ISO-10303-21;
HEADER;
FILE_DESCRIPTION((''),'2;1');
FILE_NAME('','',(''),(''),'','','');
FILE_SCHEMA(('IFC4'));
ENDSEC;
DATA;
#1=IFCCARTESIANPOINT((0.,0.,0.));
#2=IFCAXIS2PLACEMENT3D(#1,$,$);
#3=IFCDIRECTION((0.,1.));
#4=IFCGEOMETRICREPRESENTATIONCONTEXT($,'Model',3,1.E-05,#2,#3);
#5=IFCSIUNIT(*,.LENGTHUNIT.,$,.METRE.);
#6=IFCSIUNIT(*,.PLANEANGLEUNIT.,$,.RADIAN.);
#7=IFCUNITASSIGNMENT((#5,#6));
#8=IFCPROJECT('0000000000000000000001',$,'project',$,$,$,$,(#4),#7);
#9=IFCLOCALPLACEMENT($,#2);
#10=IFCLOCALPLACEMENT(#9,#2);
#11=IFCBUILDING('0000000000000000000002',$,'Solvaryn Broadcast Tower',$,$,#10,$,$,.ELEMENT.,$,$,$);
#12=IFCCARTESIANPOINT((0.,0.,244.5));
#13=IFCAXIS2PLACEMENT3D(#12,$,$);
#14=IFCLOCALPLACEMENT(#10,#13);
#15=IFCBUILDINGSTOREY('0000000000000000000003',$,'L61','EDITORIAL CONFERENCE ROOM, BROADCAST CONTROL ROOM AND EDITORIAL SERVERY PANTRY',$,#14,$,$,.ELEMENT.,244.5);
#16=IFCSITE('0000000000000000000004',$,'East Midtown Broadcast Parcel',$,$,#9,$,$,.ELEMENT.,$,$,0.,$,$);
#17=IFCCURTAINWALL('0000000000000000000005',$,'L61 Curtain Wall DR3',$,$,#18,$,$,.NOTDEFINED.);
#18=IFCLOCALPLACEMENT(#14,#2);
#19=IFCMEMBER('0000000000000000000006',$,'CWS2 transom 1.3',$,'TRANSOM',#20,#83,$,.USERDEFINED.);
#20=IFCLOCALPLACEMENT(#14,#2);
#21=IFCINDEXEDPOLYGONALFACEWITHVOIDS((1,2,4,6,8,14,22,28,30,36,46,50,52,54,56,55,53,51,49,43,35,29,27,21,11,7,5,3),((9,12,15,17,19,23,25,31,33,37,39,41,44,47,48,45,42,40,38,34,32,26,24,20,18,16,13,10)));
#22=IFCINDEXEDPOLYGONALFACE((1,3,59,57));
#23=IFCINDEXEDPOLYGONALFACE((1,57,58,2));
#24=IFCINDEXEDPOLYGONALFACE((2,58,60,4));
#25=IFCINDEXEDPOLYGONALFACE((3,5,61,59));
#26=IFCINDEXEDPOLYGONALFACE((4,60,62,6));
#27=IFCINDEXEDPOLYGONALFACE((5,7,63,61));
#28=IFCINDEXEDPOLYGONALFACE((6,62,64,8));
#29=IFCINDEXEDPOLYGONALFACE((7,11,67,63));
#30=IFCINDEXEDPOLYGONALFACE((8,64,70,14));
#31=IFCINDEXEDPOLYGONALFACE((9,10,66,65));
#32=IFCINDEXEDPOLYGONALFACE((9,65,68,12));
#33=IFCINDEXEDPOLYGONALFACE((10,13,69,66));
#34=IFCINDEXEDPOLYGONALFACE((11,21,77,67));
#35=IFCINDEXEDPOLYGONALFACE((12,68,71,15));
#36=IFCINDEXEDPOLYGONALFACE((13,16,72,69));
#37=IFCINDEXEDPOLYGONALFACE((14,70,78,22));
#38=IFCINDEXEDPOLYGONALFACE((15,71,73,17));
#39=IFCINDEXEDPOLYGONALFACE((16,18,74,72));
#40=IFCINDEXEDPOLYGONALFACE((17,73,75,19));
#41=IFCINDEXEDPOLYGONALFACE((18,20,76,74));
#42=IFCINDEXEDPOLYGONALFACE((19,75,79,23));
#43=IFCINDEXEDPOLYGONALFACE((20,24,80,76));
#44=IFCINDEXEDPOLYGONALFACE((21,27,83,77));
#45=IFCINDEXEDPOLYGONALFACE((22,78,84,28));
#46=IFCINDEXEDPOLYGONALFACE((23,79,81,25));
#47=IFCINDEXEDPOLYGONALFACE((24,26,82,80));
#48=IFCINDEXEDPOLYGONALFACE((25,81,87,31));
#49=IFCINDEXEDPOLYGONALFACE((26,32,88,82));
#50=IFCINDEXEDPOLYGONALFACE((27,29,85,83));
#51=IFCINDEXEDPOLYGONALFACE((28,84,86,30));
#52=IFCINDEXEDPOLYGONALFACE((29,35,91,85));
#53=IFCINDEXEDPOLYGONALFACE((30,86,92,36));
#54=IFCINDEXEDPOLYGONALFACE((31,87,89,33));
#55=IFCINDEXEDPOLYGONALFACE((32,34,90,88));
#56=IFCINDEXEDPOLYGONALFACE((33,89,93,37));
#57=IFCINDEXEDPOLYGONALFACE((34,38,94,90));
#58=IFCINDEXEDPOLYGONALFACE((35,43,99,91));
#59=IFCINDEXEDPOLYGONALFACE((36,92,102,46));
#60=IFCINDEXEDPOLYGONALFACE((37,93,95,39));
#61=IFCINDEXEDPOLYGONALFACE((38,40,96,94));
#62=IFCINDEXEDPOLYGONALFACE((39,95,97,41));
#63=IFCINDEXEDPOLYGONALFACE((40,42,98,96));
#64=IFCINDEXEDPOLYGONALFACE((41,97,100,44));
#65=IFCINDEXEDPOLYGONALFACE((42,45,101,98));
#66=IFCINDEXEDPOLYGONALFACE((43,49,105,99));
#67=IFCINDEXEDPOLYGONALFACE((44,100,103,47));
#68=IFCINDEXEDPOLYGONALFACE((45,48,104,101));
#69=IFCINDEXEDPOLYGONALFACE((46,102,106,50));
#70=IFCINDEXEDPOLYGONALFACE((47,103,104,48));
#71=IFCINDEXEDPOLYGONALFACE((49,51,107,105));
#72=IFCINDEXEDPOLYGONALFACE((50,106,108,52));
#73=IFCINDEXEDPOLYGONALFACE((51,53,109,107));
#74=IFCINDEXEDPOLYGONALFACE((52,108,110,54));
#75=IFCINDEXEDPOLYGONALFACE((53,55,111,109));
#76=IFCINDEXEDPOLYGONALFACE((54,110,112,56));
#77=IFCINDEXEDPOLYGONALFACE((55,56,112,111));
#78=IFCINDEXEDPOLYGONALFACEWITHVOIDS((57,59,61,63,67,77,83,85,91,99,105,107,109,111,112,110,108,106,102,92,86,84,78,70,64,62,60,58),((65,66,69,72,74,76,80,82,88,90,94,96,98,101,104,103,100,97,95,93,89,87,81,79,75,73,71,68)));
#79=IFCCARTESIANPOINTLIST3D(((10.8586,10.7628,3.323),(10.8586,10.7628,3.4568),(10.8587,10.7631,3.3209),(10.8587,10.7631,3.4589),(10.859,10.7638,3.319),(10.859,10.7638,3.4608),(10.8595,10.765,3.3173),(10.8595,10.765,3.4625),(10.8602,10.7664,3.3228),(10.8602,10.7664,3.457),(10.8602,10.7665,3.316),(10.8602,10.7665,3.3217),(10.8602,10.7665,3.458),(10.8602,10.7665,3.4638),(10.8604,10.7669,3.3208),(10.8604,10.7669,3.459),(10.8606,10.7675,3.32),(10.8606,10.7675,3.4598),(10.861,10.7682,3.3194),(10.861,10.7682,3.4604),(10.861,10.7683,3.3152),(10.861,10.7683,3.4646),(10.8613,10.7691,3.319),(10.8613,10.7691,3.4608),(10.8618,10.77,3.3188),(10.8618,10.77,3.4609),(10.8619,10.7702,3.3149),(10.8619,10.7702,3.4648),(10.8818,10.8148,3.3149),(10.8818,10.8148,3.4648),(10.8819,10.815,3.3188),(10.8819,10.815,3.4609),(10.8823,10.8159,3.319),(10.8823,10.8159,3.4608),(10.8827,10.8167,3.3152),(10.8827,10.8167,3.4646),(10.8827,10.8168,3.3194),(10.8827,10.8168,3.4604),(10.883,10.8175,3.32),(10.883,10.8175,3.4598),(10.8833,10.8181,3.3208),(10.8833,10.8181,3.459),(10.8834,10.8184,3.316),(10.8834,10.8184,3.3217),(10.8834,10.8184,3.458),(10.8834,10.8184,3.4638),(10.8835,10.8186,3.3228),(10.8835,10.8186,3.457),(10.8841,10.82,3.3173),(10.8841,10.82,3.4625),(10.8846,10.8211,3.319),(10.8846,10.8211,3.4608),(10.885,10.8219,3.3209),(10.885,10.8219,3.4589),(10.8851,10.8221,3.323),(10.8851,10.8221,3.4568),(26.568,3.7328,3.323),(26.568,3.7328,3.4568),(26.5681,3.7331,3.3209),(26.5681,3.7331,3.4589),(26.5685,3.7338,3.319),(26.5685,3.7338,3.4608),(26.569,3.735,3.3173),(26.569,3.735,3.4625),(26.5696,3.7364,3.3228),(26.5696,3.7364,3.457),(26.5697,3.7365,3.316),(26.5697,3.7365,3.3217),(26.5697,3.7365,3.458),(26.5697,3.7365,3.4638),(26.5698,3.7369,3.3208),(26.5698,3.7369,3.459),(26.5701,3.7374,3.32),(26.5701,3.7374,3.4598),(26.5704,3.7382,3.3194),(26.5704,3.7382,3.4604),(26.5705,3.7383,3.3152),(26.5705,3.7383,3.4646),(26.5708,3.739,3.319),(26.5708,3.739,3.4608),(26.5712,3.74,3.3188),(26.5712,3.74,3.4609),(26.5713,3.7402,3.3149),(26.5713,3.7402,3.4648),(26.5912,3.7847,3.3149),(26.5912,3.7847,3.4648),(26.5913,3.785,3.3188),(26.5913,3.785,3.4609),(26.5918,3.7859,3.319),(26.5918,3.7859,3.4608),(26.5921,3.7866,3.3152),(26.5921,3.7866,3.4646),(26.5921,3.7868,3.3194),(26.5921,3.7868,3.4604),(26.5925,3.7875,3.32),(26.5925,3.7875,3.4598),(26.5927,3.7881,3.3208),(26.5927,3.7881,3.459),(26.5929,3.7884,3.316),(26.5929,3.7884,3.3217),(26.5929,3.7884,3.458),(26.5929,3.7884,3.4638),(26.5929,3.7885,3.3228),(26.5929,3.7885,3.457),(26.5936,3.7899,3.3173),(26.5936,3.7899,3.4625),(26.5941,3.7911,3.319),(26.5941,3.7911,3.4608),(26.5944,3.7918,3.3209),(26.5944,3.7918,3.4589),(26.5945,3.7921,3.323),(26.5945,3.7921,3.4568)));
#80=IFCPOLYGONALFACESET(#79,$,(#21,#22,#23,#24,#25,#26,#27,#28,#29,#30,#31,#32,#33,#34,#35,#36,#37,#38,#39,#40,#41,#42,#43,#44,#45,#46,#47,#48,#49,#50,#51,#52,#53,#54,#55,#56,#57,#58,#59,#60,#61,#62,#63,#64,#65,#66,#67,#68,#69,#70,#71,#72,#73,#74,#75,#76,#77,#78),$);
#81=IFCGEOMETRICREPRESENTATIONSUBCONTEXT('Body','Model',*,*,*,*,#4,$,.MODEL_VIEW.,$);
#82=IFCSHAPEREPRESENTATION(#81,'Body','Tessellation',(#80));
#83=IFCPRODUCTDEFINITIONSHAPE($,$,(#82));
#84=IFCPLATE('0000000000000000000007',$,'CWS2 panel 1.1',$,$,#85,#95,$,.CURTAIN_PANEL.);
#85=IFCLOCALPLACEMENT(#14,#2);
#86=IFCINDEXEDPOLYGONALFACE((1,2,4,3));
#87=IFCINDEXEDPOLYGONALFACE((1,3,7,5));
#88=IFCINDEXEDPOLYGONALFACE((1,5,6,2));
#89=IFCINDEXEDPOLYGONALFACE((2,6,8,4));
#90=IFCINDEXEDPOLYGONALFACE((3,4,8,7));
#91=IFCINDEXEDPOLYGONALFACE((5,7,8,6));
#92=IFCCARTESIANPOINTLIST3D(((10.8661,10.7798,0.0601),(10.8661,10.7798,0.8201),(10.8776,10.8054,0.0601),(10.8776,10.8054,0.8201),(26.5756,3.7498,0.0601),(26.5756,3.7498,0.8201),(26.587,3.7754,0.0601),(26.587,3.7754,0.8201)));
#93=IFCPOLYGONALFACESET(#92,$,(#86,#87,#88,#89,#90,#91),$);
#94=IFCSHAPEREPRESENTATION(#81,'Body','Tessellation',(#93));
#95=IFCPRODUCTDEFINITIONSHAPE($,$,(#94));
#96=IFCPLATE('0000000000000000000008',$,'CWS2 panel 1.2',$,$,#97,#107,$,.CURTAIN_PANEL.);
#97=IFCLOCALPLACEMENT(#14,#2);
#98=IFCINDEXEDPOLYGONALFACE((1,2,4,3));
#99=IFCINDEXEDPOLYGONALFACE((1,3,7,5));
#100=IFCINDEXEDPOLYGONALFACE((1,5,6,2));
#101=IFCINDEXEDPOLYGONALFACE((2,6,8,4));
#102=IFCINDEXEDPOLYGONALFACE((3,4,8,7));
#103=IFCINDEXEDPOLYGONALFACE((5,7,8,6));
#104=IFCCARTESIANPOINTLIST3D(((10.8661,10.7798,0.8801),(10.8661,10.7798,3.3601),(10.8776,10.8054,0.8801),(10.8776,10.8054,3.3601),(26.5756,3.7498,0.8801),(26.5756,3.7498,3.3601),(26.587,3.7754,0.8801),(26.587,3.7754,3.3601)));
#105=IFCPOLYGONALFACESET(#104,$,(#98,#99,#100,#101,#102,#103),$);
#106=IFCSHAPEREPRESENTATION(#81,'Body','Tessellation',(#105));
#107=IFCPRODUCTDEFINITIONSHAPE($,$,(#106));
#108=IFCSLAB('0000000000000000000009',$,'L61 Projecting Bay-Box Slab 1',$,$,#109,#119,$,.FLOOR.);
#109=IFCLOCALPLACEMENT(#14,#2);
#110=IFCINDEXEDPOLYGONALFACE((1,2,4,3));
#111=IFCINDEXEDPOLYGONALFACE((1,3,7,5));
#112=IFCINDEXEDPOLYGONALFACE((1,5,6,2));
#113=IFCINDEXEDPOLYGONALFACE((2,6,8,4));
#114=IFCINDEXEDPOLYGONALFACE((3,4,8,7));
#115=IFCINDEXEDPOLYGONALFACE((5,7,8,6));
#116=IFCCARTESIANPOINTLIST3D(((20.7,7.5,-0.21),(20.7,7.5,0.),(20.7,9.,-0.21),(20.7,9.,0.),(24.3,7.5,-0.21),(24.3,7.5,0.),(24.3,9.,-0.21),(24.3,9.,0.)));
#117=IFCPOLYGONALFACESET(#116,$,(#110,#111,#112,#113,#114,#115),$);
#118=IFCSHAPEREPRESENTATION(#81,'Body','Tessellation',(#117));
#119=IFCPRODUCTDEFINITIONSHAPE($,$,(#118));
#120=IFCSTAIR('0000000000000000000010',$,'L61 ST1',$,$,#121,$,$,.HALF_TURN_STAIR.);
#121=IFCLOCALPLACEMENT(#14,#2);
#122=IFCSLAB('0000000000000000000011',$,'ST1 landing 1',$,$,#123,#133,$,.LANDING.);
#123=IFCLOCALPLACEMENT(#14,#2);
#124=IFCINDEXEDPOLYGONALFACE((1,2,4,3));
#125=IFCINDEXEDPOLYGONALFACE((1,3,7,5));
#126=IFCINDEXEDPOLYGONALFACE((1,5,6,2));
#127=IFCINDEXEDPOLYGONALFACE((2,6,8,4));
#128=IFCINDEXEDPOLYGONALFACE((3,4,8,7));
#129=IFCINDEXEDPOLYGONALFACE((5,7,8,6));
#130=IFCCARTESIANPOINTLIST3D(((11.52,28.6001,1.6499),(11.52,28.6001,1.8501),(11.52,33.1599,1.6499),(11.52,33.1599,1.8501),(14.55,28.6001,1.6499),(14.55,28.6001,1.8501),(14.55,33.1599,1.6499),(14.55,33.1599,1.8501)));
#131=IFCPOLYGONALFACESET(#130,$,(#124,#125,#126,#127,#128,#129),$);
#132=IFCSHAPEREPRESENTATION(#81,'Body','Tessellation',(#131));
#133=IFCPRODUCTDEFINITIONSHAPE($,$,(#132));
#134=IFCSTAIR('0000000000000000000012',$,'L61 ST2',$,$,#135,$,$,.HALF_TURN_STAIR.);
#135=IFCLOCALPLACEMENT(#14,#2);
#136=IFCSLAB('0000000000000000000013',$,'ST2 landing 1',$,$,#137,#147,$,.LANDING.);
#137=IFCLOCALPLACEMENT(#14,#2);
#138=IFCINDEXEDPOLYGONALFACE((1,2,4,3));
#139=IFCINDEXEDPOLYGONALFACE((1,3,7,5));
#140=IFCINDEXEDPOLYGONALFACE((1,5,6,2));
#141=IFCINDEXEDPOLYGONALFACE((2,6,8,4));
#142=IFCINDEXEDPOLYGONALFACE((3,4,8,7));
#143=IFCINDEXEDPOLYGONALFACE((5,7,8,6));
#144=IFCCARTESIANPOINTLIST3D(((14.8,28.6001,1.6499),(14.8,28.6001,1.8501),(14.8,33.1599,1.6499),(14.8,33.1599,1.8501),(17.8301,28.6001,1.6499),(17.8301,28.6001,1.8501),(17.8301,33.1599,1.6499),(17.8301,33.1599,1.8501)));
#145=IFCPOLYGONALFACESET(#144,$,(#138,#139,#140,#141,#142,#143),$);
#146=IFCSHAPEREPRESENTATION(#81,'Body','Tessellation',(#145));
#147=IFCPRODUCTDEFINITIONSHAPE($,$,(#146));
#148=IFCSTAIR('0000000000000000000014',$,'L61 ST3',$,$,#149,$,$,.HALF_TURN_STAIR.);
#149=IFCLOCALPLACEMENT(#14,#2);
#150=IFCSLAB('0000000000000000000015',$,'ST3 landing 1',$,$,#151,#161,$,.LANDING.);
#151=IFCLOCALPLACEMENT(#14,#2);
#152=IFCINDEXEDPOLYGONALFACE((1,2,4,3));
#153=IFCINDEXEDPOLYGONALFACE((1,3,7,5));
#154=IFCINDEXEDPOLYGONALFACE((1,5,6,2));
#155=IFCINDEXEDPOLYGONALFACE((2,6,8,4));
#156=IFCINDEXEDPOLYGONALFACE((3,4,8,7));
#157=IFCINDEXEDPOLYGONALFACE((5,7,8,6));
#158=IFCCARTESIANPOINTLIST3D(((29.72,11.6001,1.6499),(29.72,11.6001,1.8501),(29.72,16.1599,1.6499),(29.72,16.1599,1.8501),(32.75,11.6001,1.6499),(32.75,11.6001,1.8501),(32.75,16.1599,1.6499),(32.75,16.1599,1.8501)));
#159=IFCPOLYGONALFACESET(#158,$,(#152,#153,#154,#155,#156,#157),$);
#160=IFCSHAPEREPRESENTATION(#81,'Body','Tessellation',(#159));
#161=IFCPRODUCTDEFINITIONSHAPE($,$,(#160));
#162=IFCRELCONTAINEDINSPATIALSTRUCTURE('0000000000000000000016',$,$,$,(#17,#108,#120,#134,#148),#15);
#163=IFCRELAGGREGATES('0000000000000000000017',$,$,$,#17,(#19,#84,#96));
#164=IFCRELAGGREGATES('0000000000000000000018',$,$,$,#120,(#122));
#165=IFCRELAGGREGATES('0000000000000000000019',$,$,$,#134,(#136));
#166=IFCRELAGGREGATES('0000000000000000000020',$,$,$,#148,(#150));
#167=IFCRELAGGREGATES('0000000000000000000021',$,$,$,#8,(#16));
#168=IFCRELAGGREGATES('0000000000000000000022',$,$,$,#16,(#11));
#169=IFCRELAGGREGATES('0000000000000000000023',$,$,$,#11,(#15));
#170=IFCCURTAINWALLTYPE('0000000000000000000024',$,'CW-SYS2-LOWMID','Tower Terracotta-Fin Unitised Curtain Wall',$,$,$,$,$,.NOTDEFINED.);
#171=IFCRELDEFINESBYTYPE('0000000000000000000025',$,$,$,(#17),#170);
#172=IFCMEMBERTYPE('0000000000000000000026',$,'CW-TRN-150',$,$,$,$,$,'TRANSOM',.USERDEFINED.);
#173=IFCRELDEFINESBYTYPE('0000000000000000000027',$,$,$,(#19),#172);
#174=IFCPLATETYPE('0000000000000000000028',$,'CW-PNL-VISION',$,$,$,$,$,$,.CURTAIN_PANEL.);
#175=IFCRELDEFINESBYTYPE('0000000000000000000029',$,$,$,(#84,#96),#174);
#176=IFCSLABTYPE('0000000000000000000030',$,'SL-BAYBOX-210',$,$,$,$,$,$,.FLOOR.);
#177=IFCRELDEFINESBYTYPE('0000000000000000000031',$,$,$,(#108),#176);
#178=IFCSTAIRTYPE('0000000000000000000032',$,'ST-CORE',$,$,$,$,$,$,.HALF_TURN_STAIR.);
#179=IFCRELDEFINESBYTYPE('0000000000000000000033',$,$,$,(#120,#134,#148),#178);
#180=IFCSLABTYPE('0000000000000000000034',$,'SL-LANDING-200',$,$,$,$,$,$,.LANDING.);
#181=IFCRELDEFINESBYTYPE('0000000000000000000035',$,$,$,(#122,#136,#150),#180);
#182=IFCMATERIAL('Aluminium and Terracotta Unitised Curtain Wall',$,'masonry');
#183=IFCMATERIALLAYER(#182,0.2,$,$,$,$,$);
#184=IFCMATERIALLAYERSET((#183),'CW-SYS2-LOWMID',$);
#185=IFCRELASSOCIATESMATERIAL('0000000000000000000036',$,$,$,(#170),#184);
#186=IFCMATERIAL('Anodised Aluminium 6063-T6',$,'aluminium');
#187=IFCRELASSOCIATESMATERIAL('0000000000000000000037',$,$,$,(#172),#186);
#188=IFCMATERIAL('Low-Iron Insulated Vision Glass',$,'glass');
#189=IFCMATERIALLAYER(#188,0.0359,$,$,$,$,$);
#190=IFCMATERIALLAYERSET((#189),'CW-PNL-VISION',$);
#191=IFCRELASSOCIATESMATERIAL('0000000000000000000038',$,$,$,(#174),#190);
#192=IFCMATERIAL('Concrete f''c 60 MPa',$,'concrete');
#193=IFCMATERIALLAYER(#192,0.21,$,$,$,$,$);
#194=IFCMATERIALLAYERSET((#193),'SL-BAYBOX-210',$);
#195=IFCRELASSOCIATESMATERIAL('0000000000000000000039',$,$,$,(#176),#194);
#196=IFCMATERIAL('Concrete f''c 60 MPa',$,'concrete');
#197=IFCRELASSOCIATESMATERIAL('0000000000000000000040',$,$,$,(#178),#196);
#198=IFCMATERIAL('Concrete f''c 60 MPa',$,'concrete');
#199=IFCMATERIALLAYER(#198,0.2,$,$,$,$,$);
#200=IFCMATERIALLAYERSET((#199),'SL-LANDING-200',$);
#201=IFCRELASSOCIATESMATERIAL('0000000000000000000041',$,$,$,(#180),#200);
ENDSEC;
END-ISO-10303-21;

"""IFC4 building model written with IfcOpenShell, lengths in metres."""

from ifc_helpers import new_model, si_unit, direction, frame, origin, origin_2d, place, context, subcontext, project, spatial, polyline, rectangle, hollow_rectangle, outline, extrude, material, layer, layer_set, material_profile, profile_set, type_object, element, aggregate, save


model = new_model("IFC4")

# Units and contexts
model_context = context("Model", 3, precision=1e-05, world=origin(), true_north=direction((0.0, 1.0)))
body_context = subcontext(model_context, "Body", "Model", "MODEL_VIEW")
ifc_project = project(units=[si_unit("LENGTHUNIT", "METRE"), si_unit("PLANEANGLEUNIT", "RADIAN")], contexts=[model_context])

# Site, building, storey
site_placement = place(None, origin())
site = spatial("IfcSite", under=ifc_project, at=site_placement, Name="East Midtown Broadcast Parcel", CompositionType="ELEMENT", RefElevation=0.0)
building_placement = place(site_placement, origin())
building = spatial("IfcBuilding", under=site, at=building_placement, Name="Solvaryn Broadcast Tower", CompositionType="ELEMENT")
storey_placement = place(building_placement, frame((0.0, 0.0, 244.5)))
storey = spatial("IfcBuildingStorey", under=building, at=storey_placement, Name="L61", Description="EDITORIAL CONFERENCE ROOM, BROADCAST CONTROL ROOM AND EDITORIAL SERVERY PANTRY", CompositionType="ELEMENT", Elevation=244.5)

# Curtain wall, member, plates
ifc_material_1 = material(Name="Aluminium and Terracotta Unitised Curtain Wall", Category="masonry")
ifc_layer_1 = layer(ifc_material_1, 0.2)
ifc_layer_set_1 = layer_set([ifc_layer_1], Name="CW-SYS2-LOWMID")
curtain_wall_type_1 = type_object("IfcCurtainWallType", Name="CW-SYS2-LOWMID", Description="Tower Terracotta-Fin Unitised Curtain Wall", PredefinedType="NOTDEFINED", material=ifc_layer_set_1)
curtain_wall_1_placement = place(storey_placement, origin())
curtain_wall_1 = element("IfcCurtainWall", 1, at=curtain_wall_1_placement, inside=storey, type_object=curtain_wall_type_1, Name="L61 Curtain Wall DR3", PredefinedType="NOTDEFINED")
ifc_material_2 = material(Name="Anodised Aluminium 6063-T6", Category="aluminium")
ifc_material_profile_1 = material_profile(ifc_material_2, hollow_rectangle(XDim=0.0649, YDim=0.1499, WallThickness=0.0039, InnerFilletRadius=0.0039, OuterFilletRadius=0.0081, at=origin_2d()))
ifc_profile_set_1 = profile_set([ifc_material_profile_1], Name="Anodised Aluminium 6063-T6")
member_type_1 = type_object("IfcMemberType", Name="CW-TRN-150", ElementType="TRANSOM", PredefinedType="USERDEFINED", material=ifc_profile_set_1)
member_1_placement = place(storey_placement, frame((10.8718, 10.7925, 3.3899), z_axis=(0.912773, -0.408468, 0.0), x_axis=(0.408468, 0.912773, 0.0)))
member_1 = element("IfcMember", 2, at=member_1_placement, type_object=member_type_1, Name="CWS2 transom 1.3", ObjectType="TRANSOM", PredefinedType="USERDEFINED", context=body_context, shape_type="SweptSolid", body=[
    extrude(hollow_rectangle(XDim=0.0649, YDim=0.1499, WallThickness=0.0039, InnerFilletRadius=0.0039, OuterFilletRadius=0.0081, at=origin_2d()), origin(), (0.0, 0.0, 1.0), 17.2107),
])
ifc_material_3 = material(Name="Low-Iron Insulated Vision Glass", Category="glass")
ifc_layer_2 = layer(ifc_material_3, 0.0359)
ifc_layer_set_2 = layer_set([ifc_layer_2], Name="CW-PNL-VISION")
plate_type = type_object("IfcPlateType", Name="CW-PNL-VISION", PredefinedType="CURTAIN_PANEL", material=ifc_layer_set_2)
plate_1_placement = place(storey_placement, frame((18.7266, 7.2776, 0.0601), z_axis=(0.0, 0.0, 1.0), x_axis=(0.912774, -0.408466, 0.0)))
plate_1 = element("IfcPlate", 3, at=plate_1_placement, type_object=plate_type, Name="CWS2 panel 1.1", PredefinedType="CURTAIN_PANEL", context=body_context, shape_type="SweptSolid", body=[
    extrude(rectangle(XDim=17.2107, YDim=0.0281, at=origin_2d()), origin(), (0.0, 0.0, 1.0), 0.76),
])
plate_2_placement = place(storey_placement, frame((18.7266, 7.2776, 0.8801), z_axis=(0.0, 0.0, 1.0), x_axis=(0.912774, -0.408466, 0.0)))
plate_2 = element("IfcPlate", 4, at=plate_2_placement, type_object=plate_type, Name="CWS2 panel 1.2", PredefinedType="CURTAIN_PANEL", context=body_context, shape_type="SweptSolid", body=[
    extrude(rectangle(XDim=17.2107, YDim=0.0281, at=origin_2d()), origin(), (0.0, 0.0, 1.0), 2.48),
])
aggregate(curtain_wall_1, [member_1, plate_1, plate_2])

# Slab
ifc_material_4 = material(Name="Concrete f'c 60 MPa", Category="concrete")
ifc_layer_3 = layer(ifc_material_4, 0.21)
ifc_layer_set_3 = layer_set([ifc_layer_3], Name="SL-BAYBOX-210")
slab_type_1 = type_object("IfcSlabType", Name="SL-BAYBOX-210", PredefinedType="FLOOR", material=ifc_layer_set_3)
slab_1_placement = place(storey_placement, frame((0.0, 0.0, -0.21)))
element("IfcSlab", 5, at=slab_1_placement, inside=storey, type_object=slab_type_1, Name="L61 Projecting Bay-Box Slab 1", PredefinedType="FLOOR", context=body_context, shape_type="SweptSolid", body=[
    extrude(outline(polyline([(20.7, 7.5), (24.3, 7.5), (24.3, 9.0), (20.7, 9.0), (20.7, 7.5)])), origin(), (0.0, 0.0, 1.0), 0.21),
])

# Stairs, slabs
ifc_material_5 = material(Name="Concrete f'c 60 MPa", Category="concrete")
stair_type = type_object("IfcStairType", Name="ST-CORE", PredefinedType="HALF_TURN_STAIR", material=ifc_material_5)
stair_1_placement = place(storey_placement, origin())
stair_1 = element("IfcStair", 6, at=stair_1_placement, inside=storey, type_object=stair_type, Name="L61 ST1", PredefinedType="HALF_TURN_STAIR")
ifc_material_6 = material(Name="Concrete f'c 60 MPa", Category="concrete")
ifc_layer_4 = layer(ifc_material_6, 0.2)
ifc_layer_set_4 = layer_set([ifc_layer_4], Name="SL-LANDING-200")
slab_type_2 = type_object("IfcSlabType", Name="SL-LANDING-200", PredefinedType="LANDING", material=ifc_layer_set_4)
slab_2_placement = place(storey_placement, frame((0.0, 0.0, 1.6499)))
slab_2 = element("IfcSlab", 7, at=slab_2_placement, type_object=slab_type_2, Name="ST1 landing 1", PredefinedType="LANDING", context=body_context, shape_type="SweptSolid", body=[
    extrude(outline(polyline([(11.52, 33.1599), (11.52, 28.6001), (14.55, 28.6001), (14.55, 33.1599), (11.52, 33.1599)])), origin(), (0.0, 0.0, 1.0), 0.2002),
])
aggregate(stair_1, [slab_2])
stair_2_placement = place(storey_placement, origin())
stair_2 = element("IfcStair", 8, at=stair_2_placement, inside=storey, type_object=stair_type, Name="L61 ST2", PredefinedType="HALF_TURN_STAIR")
slab_3_placement = place(storey_placement, frame((0.0, 0.0, 1.6499)))
slab_3 = element("IfcSlab", 9, at=slab_3_placement, type_object=slab_type_2, Name="ST2 landing 1", PredefinedType="LANDING", context=body_context, shape_type="SweptSolid", body=[
    extrude(outline(polyline([(14.8, 33.1599), (14.8, 28.6001), (17.8301, 28.6001), (17.8301, 33.1599), (14.8, 33.1599)])), origin(), (0.0, 0.0, 1.0), 0.2002),
])
aggregate(stair_2, [slab_3])
stair_3_placement = place(storey_placement, origin())
stair_3 = element("IfcStair", 10, at=stair_3_placement, inside=storey, type_object=stair_type, Name="L61 ST3", PredefinedType="HALF_TURN_STAIR")
slab_4_placement = place(storey_placement, frame((0.0, 0.0, 1.6499)))
slab_4 = element("IfcSlab", 11, at=slab_4_placement, type_object=slab_type_2, Name="ST3 landing 1", PredefinedType="LANDING", context=body_context, shape_type="SweptSolid", body=[
    extrude(outline(polyline([(29.72, 16.1599), (29.72, 11.6001), (32.75, 11.6001), (32.75, 16.1599), (29.72, 16.1599)])), origin(), (0.0, 0.0, 1.0), 0.2002),
])
aggregate(stair_3, [slab_4])

save(model, "model.ifc")
